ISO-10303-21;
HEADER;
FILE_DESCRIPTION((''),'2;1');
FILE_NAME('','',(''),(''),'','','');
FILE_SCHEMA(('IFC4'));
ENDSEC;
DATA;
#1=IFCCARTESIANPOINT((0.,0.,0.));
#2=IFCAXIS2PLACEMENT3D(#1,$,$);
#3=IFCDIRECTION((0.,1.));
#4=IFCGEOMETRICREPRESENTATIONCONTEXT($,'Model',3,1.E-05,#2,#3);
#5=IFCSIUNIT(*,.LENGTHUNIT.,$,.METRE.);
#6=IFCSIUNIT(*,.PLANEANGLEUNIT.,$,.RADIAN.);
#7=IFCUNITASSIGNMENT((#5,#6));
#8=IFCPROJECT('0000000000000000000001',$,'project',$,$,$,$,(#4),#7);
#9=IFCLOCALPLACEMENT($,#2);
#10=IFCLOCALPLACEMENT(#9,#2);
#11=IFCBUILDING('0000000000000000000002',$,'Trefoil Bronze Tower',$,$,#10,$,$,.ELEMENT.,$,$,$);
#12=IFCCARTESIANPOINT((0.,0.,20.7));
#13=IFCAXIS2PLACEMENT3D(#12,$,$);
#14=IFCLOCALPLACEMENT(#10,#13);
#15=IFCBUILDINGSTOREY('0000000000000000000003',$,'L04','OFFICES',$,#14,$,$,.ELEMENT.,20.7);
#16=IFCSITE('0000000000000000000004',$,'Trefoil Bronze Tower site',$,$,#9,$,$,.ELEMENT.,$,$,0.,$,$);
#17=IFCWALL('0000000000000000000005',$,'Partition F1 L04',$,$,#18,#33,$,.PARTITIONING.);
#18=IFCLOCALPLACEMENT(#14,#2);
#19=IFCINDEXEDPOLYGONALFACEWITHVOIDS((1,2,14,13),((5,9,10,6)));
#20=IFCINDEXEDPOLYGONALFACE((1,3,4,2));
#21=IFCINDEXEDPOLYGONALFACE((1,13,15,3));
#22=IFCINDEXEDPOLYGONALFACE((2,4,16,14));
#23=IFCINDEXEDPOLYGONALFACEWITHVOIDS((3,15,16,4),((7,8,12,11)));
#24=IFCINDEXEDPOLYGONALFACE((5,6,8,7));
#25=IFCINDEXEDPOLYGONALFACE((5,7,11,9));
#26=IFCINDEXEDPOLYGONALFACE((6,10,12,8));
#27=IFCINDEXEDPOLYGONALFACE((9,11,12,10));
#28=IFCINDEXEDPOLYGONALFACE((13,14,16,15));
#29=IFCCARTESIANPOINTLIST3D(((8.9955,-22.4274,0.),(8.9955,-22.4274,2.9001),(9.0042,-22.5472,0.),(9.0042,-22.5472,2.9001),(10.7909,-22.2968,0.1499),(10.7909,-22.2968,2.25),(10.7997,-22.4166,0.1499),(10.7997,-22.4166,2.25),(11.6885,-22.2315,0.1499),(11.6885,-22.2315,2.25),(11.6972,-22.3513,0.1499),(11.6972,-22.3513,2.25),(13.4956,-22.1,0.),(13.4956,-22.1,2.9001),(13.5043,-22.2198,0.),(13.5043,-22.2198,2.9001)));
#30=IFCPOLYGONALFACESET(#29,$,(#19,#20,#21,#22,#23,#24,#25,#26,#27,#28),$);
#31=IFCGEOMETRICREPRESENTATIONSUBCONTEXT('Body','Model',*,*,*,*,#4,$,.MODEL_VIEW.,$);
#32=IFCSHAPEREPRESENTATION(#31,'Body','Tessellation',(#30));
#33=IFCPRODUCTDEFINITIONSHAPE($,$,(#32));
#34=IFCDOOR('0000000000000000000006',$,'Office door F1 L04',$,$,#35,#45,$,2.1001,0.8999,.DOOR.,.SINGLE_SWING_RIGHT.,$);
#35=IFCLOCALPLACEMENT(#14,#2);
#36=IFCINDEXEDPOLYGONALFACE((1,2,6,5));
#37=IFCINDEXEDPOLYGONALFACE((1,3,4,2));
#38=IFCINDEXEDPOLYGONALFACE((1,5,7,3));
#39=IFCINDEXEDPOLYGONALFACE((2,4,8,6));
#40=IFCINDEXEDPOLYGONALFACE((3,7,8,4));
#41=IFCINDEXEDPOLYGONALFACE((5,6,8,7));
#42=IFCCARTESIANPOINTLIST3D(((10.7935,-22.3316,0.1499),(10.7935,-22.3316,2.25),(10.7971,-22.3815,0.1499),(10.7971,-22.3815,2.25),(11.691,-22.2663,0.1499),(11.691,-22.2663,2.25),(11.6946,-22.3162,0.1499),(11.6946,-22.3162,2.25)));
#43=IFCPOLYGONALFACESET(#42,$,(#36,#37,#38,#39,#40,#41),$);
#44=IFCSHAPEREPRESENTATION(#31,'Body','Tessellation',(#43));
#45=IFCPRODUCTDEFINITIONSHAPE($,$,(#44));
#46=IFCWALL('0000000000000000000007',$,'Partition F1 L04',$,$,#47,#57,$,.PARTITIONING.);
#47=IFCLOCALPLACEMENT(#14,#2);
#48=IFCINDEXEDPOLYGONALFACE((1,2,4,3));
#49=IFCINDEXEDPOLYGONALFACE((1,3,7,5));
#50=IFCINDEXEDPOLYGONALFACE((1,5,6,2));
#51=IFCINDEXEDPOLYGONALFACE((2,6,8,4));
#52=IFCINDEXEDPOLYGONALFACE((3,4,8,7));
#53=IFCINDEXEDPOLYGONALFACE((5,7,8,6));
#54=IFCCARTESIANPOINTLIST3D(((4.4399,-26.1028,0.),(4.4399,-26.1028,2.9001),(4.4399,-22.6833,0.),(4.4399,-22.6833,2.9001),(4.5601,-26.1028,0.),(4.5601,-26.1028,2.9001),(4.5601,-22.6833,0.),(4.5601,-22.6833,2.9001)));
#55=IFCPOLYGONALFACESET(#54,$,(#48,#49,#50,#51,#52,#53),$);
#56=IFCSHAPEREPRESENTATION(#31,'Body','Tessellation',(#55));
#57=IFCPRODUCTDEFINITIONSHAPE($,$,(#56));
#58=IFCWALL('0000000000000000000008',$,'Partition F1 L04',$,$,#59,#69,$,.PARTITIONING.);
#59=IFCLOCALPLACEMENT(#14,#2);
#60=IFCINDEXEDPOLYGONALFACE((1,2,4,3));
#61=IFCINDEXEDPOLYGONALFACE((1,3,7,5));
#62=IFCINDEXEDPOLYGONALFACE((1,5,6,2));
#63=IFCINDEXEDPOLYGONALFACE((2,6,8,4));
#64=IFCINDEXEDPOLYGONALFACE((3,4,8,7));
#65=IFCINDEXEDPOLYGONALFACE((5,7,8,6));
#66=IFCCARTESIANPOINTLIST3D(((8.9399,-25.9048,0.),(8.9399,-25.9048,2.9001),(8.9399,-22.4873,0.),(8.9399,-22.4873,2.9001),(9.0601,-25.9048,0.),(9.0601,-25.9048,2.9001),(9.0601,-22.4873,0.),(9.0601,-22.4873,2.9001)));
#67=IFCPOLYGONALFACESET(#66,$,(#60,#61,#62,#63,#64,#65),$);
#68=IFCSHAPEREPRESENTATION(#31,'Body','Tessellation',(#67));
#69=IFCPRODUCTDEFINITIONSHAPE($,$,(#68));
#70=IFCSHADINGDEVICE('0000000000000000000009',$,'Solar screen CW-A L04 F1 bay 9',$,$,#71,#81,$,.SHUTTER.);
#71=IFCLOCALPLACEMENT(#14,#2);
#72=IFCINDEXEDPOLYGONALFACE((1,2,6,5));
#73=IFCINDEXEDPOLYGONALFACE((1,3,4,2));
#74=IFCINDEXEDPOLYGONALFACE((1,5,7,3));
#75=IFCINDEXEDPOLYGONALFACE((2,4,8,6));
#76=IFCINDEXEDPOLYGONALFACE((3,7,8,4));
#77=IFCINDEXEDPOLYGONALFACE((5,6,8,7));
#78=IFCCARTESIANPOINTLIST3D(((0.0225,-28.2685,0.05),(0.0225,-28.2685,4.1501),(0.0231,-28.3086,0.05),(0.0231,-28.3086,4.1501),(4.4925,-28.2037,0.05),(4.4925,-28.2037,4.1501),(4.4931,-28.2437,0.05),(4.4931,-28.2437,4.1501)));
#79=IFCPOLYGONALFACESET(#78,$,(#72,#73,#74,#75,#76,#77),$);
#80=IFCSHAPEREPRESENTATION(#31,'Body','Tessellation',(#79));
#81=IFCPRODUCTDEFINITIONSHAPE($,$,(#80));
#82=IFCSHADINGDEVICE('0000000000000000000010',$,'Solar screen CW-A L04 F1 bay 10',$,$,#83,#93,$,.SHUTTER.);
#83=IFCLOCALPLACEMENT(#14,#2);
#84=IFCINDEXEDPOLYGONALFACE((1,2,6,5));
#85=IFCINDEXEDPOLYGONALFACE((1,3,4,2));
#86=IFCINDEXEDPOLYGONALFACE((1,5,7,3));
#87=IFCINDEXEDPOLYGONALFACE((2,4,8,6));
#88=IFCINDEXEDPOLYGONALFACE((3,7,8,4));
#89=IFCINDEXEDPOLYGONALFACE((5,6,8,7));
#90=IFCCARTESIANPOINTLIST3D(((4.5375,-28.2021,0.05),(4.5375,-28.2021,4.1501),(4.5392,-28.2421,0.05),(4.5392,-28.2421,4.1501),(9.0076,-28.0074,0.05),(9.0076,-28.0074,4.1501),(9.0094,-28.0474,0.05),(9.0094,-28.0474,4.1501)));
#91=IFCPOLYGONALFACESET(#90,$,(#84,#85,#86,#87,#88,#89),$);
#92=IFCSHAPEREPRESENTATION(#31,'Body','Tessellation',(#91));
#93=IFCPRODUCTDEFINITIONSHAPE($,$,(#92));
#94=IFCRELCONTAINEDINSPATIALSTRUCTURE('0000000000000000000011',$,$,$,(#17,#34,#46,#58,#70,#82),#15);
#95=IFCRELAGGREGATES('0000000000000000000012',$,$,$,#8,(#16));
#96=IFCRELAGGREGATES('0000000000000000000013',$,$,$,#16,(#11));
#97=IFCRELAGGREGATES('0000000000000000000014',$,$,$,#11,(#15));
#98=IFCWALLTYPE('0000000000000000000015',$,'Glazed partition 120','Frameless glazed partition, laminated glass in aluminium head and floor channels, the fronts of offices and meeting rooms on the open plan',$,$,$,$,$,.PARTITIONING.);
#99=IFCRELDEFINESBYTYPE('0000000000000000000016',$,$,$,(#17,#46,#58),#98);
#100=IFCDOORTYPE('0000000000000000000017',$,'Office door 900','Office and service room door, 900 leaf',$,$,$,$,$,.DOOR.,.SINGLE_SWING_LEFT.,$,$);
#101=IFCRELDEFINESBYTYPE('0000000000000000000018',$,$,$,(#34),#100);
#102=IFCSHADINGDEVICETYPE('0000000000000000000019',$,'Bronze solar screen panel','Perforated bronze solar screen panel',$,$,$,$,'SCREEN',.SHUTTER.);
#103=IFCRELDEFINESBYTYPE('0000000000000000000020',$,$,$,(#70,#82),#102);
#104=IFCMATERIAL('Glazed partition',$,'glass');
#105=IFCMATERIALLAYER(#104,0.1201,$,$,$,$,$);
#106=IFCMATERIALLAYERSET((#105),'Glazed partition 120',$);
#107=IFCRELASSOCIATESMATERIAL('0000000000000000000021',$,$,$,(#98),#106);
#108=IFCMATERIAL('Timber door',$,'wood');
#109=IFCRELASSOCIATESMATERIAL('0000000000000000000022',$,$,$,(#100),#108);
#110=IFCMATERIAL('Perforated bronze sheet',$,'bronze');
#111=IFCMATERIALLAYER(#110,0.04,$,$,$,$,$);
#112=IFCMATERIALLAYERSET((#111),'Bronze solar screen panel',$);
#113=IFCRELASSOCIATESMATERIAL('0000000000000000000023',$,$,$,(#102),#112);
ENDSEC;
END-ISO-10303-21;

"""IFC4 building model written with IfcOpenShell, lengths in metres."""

from ifc_helpers import new_model, si_unit, direction, frame, frame_2d, origin, origin_2d, place, context, subcontext, project, spatial, rectangle, extrude, material, layer, layer_set, type_object, element, fill, save


model = new_model("IFC4")

# Units and contexts
model_context = context("Model", 3, precision=1e-05, world=origin(), true_north=direction((0.0, 1.0)))
body_context = subcontext(model_context, "Body", "Model", "MODEL_VIEW")
ifc_project = project(units=[si_unit("LENGTHUNIT", "METRE"), si_unit("PLANEANGLEUNIT", "RADIAN")], contexts=[model_context])

# Site, building, storey
site_placement = place(None, origin())
site = spatial("IfcSite", under=ifc_project, at=site_placement, Name="Trefoil Bronze Tower site", CompositionType="ELEMENT", RefElevation=0.0)
building_placement = place(site_placement, origin())
building = spatial("IfcBuilding", under=site, at=building_placement, Name="Trefoil Bronze Tower", CompositionType="ELEMENT")
storey_placement = place(building_placement, frame((0.0, 0.0, 20.7)))
storey = spatial("IfcBuildingStorey", under=building, at=storey_placement, Name="L04", Description="OFFICES", CompositionType="ELEMENT", Elevation=20.7)

# Wall, opening, door
ifc_material_1 = material(Name="Glazed partition", Category="glass")
ifc_layer_1 = layer(ifc_material_1, 0.1201)
ifc_layer_set_1 = layer_set([ifc_layer_1], Name="Glazed partition 120")
wall_type = type_object("IfcWallType", Name="Glazed partition 120", Description="Frameless glazed partition, laminated glass in aluminium head and floor channels, the fronts of offices and meeting rooms on the open plan", PredefinedType="PARTITIONING", material=ifc_layer_set_1)
ifc_material_2 = material(Name="Timber door", Category="wood")
door_type = type_object("IfcDoorType", Name="Office door 900", Description="Office and service room door, 900 leaf", OperationType="SINGLE_SWING_LEFT", PredefinedType="DOOR", material=ifc_material_2)
wall_1_placement = place(storey_placement, frame((9.0, -22.4873, 0.0), z_axis=(0.0, 0.0, 1.0), x_axis=(0.997364, 0.072562, 0.0)))
wall_1 = element("IfcWall", 1, at=wall_1_placement, inside=storey, type_object=wall_type, Name="Partition F1 L04", PredefinedType="PARTITIONING", context=body_context, shape_type="SweptSolid", body=[
    extrude(rectangle(XDim=4.512, YDim=0.1201, at=frame_2d((2.2559, 0.0))), origin(), (0.0, 0.0, 1.0), 2.9001),
])
opening_1_placement = place(wall_1_placement, frame((1.8, 0.0, 0.1499)))
opening_1 = element("IfcOpeningElement", 2, at=opening_1_placement, cuts=wall_1, PredefinedType="OPENING", context=body_context, shape_type="SweptSolid", body=[
    extrude(rectangle(XDim=0.8999, YDim=2.1001, at=frame_2d((0.45, 1.05))), frame((0.0, 0.0701, 0.0), z_axis=(0.0, -1.0, 0.0), x_axis=(1.0, 0.0, 0.0)), (0.0, 0.0, 1.0), 0.1401),
])
door_1_placement = place(opening_1_placement, frame((0.8999, 0.0, 0.0), z_axis=(0.0, 0.0, 1.0), x_axis=(-1.0, 0.0, 0.0)))
door_1 = element("IfcDoor", 3, at=door_1_placement, inside=storey, type_object=door_type, Name="Office door F1 L04", OperationType="SINGLE_SWING_RIGHT", OverallHeight=2.1001, OverallWidth=0.8999, PredefinedType="DOOR", context=body_context, shape_type="SweptSolid", body=[
    extrude(rectangle(XDim=0.8999, YDim=2.1001, at=frame_2d((0.45, 1.05))), frame((0.0, 0.0249, 0.0), z_axis=(0.0, -1.0, 0.0), x_axis=(1.0, 0.0, 0.0)), (0.0, 0.0, 1.0), 0.05),
])
fill(opening_1, door_1)

# Walls
wall_2_placement = place(storey_placement, frame((4.5, -22.6833, 0.0), z_axis=(0.0, 0.0, 1.0), x_axis=(0.0, -1.0, 0.0)))
element("IfcWall", 4, at=wall_2_placement, inside=storey, type_object=wall_type, Name="Partition F1 L04", PredefinedType="PARTITIONING", context=body_context, shape_type="SweptSolid", body=[
    extrude(rectangle(XDim=3.4194, YDim=0.1201, at=frame_2d((1.7097, 0.0))), origin(), (0.0, 0.0, 1.0), 2.9001),
])
wall_3_placement = place(storey_placement, frame((9.0, -22.4873, 0.0), z_axis=(0.0, 0.0, 1.0), x_axis=(0.0, -1.0, 0.0)))
element("IfcWall", 5, at=wall_3_placement, inside=storey, type_object=wall_type, Name="Partition F1 L04", PredefinedType="PARTITIONING", context=body_context, shape_type="SweptSolid", body=[
    extrude(rectangle(XDim=3.4175, YDim=0.1201, at=frame_2d((1.7087, 0.0))), origin(), (0.0, 0.0, 1.0), 2.9001),
])

# Shading devices
ifc_material_3 = material(Name="Perforated bronze sheet", Category="bronze")
ifc_layer_2 = layer(ifc_material_3, 0.04)
ifc_layer_set_2 = layer_set([ifc_layer_2], Name="Bronze solar screen panel")
shading_device_type = type_object("IfcShadingDeviceType", Name="Bronze solar screen panel", Description="Perforated bronze solar screen panel", ElementType="SCREEN", PredefinedType="SHUTTER", material=ifc_layer_set_2)
shading_device_1_placement = place(storey_placement, frame((2.2578, -28.2561, 0.05), z_axis=(0.0, 0.0, 1.0), x_axis=(0.999895, 0.014509, 0.0)))
element("IfcShadingDevice", 6, at=shading_device_1_placement, inside=storey, type_object=shading_device_type, Name="Solar screen CW-A L04 F1 bay 9", PredefinedType="SHUTTER", context=body_context, shape_type="SweptSolid", body=[
    extrude(rectangle(XDim=4.4705, YDim=0.04, at=origin_2d()), origin(), (0.0, 0.0, 1.0), 4.1001),
])
shading_device_2_placement = place(storey_placement, frame((6.7734, -28.1248, 0.05), z_axis=(0.0, 0.0, 1.0), x_axis=(0.999052, 0.043528, 0.0)))
element("IfcShadingDevice", 7, at=shading_device_2_placement, inside=storey, type_object=shading_device_type, Name="Solar screen CW-A L04 F1 bay 10", PredefinedType="SHUTTER", context=body_context, shape_type="SweptSolid", body=[
    extrude(rectangle(XDim=4.4744, YDim=0.04, at=origin_2d()), origin(), (0.0, 0.0, 1.0), 4.1001),
])

save(model, "model.ifc")
